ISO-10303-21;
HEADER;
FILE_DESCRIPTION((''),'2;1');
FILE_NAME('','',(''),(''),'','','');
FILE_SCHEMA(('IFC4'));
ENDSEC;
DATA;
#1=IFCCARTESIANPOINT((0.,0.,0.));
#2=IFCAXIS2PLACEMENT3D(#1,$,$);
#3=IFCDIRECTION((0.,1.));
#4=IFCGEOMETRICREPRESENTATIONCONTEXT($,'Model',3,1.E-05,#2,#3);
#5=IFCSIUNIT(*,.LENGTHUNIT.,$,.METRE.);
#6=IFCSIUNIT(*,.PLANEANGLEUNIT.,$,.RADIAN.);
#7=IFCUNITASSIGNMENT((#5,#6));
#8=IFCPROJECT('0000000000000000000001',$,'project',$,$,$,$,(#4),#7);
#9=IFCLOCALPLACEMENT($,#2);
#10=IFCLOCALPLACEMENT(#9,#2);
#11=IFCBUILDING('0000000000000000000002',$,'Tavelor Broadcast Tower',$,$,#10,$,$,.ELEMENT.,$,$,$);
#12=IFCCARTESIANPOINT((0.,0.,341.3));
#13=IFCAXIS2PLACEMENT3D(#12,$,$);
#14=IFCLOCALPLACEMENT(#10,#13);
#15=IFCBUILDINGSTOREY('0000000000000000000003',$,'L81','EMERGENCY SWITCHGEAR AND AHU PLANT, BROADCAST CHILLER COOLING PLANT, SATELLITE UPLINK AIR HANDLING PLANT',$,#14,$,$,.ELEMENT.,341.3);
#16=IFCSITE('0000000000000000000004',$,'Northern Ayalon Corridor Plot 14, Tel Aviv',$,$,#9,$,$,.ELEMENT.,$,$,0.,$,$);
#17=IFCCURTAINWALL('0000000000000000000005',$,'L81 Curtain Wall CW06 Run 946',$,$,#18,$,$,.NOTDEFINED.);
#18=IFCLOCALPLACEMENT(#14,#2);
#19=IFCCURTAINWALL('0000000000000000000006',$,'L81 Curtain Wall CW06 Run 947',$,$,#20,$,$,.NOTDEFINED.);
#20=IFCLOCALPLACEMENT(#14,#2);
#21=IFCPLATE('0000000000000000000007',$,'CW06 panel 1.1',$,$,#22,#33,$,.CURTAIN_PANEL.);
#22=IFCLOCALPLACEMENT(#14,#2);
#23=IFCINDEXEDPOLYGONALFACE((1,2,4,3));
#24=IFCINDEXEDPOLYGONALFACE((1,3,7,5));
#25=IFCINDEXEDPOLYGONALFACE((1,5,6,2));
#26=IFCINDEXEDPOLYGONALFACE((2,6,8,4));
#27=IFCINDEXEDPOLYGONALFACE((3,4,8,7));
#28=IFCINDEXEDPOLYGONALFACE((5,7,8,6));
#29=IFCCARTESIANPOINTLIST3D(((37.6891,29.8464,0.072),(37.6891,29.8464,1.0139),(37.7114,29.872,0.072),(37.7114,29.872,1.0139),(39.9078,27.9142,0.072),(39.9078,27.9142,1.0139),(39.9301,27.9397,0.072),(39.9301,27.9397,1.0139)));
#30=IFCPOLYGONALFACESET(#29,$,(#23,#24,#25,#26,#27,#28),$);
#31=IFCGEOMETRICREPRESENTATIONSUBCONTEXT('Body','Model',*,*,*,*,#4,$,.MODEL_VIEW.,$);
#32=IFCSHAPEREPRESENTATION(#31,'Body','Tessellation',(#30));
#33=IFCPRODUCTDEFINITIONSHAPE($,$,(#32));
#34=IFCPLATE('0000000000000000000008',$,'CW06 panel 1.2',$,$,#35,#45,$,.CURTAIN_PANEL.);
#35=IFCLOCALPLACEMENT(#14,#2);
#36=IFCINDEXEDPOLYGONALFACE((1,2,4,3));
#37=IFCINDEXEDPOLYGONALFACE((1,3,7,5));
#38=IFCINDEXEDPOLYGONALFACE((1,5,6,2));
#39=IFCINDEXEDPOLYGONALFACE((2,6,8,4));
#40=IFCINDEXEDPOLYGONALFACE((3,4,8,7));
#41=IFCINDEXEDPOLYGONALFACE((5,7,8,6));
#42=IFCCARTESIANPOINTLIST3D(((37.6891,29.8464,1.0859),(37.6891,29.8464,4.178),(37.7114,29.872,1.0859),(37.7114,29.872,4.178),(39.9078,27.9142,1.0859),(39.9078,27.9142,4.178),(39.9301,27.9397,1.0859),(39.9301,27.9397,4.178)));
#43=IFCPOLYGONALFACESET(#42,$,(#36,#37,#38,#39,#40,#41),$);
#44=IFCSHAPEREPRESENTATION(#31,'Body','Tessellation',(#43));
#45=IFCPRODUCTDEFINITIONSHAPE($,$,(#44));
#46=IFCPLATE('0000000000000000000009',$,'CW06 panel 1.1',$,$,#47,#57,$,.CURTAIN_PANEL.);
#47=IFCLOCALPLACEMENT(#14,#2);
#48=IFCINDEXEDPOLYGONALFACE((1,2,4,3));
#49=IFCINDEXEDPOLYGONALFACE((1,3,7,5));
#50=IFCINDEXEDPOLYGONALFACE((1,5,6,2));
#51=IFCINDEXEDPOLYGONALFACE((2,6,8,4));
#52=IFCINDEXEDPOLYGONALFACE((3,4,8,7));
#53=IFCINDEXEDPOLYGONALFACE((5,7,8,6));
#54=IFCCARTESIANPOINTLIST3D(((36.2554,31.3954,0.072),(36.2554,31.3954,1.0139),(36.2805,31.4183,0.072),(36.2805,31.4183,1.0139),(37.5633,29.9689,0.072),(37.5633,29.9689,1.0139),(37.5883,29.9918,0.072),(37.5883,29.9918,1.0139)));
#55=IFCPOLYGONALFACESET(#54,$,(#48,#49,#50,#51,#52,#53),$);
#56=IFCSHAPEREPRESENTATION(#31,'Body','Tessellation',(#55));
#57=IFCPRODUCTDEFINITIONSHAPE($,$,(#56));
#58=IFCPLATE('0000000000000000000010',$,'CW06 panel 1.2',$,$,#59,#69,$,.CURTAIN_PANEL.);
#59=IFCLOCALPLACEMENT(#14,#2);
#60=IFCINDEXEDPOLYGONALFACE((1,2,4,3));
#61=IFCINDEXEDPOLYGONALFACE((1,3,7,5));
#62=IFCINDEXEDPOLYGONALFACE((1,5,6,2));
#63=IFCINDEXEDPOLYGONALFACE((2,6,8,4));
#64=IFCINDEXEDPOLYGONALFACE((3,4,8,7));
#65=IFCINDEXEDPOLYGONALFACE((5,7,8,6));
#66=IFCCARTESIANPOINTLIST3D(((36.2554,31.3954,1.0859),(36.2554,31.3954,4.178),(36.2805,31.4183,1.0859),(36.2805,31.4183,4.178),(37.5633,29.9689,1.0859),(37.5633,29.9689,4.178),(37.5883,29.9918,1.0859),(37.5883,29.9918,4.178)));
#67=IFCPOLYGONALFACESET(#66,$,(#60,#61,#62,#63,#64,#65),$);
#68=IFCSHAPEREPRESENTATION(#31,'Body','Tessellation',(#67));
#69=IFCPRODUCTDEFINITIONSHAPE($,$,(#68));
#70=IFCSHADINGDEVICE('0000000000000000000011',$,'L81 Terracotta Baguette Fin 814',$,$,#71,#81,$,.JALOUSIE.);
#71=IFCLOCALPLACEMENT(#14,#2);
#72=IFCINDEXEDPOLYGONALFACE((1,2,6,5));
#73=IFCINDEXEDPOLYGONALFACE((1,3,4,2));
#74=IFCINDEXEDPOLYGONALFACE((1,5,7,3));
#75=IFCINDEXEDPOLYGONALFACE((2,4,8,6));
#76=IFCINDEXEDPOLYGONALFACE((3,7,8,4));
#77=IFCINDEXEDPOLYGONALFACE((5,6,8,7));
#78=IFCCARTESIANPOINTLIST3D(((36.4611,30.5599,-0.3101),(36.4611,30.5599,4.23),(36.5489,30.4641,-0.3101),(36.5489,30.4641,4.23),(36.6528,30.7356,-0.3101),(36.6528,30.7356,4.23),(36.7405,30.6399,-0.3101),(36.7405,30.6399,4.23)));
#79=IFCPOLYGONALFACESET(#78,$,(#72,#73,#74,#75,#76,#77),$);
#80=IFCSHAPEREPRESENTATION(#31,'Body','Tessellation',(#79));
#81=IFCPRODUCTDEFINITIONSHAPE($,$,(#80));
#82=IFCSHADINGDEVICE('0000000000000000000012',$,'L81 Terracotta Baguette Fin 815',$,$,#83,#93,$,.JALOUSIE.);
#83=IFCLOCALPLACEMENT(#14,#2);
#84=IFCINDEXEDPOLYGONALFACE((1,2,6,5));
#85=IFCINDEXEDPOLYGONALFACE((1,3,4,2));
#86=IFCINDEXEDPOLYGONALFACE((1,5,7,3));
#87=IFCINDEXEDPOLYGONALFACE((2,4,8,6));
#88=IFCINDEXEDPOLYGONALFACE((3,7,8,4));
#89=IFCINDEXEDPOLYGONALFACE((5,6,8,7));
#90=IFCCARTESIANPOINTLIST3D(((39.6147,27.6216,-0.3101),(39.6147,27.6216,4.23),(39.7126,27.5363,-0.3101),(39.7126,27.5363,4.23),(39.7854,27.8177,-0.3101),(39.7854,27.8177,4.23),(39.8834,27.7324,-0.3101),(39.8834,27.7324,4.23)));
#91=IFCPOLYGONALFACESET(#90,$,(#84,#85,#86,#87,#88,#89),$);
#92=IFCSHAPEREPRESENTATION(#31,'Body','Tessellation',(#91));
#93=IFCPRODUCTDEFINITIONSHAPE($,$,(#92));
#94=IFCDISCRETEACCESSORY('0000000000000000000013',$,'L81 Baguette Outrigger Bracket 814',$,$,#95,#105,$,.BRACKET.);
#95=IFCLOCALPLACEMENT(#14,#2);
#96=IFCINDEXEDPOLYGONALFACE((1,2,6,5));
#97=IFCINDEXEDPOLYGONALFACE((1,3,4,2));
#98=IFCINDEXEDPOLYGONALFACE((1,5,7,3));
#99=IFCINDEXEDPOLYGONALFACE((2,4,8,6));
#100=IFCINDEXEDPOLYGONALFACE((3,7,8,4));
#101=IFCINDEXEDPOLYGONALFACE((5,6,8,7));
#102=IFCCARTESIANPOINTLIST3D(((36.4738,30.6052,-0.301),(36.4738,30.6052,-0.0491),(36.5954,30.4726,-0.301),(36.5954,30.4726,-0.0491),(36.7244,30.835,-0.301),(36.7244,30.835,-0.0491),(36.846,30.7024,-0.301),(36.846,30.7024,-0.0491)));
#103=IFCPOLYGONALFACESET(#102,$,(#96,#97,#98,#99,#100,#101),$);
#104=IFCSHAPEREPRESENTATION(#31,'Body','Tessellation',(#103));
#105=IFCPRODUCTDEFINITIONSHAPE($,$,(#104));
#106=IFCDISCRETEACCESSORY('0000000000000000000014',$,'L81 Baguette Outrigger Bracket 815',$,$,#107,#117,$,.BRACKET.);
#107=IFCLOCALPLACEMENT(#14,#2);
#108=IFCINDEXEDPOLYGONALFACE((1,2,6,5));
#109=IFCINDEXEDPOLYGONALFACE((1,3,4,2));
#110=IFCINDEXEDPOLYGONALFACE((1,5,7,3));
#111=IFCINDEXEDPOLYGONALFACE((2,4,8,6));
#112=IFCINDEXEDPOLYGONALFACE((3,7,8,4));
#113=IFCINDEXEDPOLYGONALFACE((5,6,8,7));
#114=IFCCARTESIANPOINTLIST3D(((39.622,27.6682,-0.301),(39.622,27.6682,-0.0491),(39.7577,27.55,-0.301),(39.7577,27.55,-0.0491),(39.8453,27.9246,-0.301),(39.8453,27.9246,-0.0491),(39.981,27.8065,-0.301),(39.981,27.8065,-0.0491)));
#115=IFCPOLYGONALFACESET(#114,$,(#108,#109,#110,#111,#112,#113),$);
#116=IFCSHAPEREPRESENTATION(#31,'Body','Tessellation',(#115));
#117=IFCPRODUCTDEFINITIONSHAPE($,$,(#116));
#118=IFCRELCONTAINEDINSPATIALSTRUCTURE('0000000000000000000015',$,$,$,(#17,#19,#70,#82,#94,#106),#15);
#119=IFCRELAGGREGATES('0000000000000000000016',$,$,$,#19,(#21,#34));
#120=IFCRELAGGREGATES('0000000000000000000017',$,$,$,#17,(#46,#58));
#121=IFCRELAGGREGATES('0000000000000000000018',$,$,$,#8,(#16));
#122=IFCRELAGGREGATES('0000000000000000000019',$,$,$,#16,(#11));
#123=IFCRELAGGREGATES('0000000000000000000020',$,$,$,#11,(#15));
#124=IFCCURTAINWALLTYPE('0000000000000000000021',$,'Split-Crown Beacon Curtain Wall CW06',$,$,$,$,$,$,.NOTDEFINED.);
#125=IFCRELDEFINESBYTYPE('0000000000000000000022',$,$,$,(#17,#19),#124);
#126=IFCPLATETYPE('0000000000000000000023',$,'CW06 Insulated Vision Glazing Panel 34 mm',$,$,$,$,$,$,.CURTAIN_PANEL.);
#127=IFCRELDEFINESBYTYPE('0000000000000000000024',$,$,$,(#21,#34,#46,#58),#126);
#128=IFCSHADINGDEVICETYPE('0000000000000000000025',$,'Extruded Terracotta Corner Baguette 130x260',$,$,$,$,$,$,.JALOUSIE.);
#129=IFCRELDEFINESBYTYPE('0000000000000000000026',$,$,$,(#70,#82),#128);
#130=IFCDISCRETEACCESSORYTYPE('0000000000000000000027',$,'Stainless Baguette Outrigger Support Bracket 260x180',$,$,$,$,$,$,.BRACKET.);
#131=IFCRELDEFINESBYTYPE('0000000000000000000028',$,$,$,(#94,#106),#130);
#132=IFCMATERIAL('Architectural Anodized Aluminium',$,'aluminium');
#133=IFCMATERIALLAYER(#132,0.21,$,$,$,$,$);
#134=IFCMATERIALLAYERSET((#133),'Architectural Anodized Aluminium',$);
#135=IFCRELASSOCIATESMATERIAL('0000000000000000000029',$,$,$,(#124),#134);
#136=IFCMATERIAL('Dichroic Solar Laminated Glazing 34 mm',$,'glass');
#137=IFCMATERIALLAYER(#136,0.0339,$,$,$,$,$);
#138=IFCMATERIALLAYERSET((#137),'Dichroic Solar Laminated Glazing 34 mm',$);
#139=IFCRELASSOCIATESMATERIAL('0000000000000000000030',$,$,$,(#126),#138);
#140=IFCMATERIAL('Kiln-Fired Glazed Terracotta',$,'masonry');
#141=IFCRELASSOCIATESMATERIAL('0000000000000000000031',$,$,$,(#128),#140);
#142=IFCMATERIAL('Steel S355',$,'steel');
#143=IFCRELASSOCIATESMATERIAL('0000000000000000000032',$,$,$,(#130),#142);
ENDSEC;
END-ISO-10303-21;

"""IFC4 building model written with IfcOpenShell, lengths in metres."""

from ifc_helpers import new_model, si_unit, direction, frame, origin, origin_2d, place, context, subcontext, project, spatial, rectangle, extrude, source, transform, mapped, material, layer, layer_set, type_object, type_shapes, element, aggregate, save


model = new_model("IFC4")

# Units and contexts
model_context = context("Model", 3, precision=1e-05, world=origin(), true_north=direction((0.0, 1.0)))
body_context = subcontext(model_context, "Body", "Model", "MODEL_VIEW")
ifc_project = project(units=[si_unit("LENGTHUNIT", "METRE"), si_unit("PLANEANGLEUNIT", "RADIAN")], contexts=[model_context])

# Site, building, storey
site_placement = place(None, origin())
site = spatial("IfcSite", under=ifc_project, at=site_placement, Name="Northern Ayalon Corridor Plot 14, Tel Aviv", CompositionType="ELEMENT", RefElevation=0.0)
building_placement = place(site_placement, origin())
building = spatial("IfcBuilding", under=site, at=building_placement, Name="Tavelor Broadcast Tower", CompositionType="ELEMENT")
storey_placement = place(building_placement, frame((0.0, 0.0, 341.3)))
storey = spatial("IfcBuildingStorey", under=building, at=storey_placement, Name="L81", Description="EMERGENCY SWITCHGEAR AND AHU PLANT, BROADCAST CHILLER COOLING PLANT, SATELLITE UPLINK AIR HANDLING PLANT", CompositionType="ELEMENT", Elevation=341.3)

# Shared definitions
ifc_material_1 = material(Name="Steel S355", Category="steel")

# Curtain wall
ifc_material_2 = material(Name="Architectural Anodized Aluminium", Category="aluminium")
ifc_layer_1 = layer(ifc_material_2, 0.21)
ifc_layer_set_1 = layer_set([ifc_layer_1], Name="Architectural Anodized Aluminium")
curtain_wall_type = type_object("IfcCurtainWallType", Name="Split-Crown Beacon Curtain Wall CW06", PredefinedType="NOTDEFINED", material=ifc_layer_set_1)
curtain_wall_1_placement = place(storey_placement, origin())
curtain_wall_1 = element("IfcCurtainWall", 1, at=curtain_wall_1_placement, inside=storey, type_object=curtain_wall_type, Name="L81 Curtain Wall CW06 Run 946", PredefinedType="NOTDEFINED")

# Curtain wall
curtain_wall_2_placement = place(storey_placement, origin())
curtain_wall_2 = element("IfcCurtainWall", 2, at=curtain_wall_2_placement, inside=storey, type_object=curtain_wall_type, Name="L81 Curtain Wall CW06 Run 947", PredefinedType="NOTDEFINED")

# Plates
ifc_material_3 = material(Name="Dichroic Solar Laminated Glazing 34 mm", Category="glass")
ifc_layer_2 = layer(ifc_material_3, 0.0339)
ifc_layer_set_2 = layer_set([ifc_layer_2], Name="Dichroic Solar Laminated Glazing 34 mm")
plate_type_1 = type_object("IfcPlateType", Name="CW06 Insulated Vision Glazing Panel 34 mm", PredefinedType="CURTAIN_PANEL", material=ifc_layer_set_2)
shared_shape_1 = source(origin(), body_context, "Body", "SweptSolid", [
    extrude(rectangle(XDim=2.9421, YDim=0.0339, at=origin_2d()), origin(), (0.0, 0.0, 1.0), 0.9419),
])
plate_1_placement = place(storey_placement, frame((38.8096, 28.8931, 0.072), z_axis=(0.0, 0.0, 1.0), x_axis=(0.754115, -0.656742, 0.0)))
plate_1 = element("IfcPlate", 3, at=plate_1_placement, type_object=plate_type_1, Name="CW06 panel 1.1", PredefinedType="CURTAIN_PANEL", context=body_context, shape_type="MappedRepresentation", body=[
    mapped(shared_shape_1, transform((0.0, 0.0, 0.0), scale=1.0)),
])
shared_shape_2 = source(origin(), body_context, "Body", "SweptSolid", [
    extrude(rectangle(XDim=2.9421, YDim=0.0339, at=origin_2d()), origin(), (0.0, 0.0, 1.0), 3.092),
])
plate_2_placement = place(storey_placement, frame((38.8096, 28.8931, 1.0859), z_axis=(0.0, 0.0, 1.0), x_axis=(0.754115, -0.656742, 0.0)))
plate_2 = element("IfcPlate", 4, at=plate_2_placement, type_object=plate_type_1, Name="CW06 panel 1.2", PredefinedType="CURTAIN_PANEL", context=body_context, shape_type="MappedRepresentation", body=[
    mapped(shared_shape_2, transform((0.0, 0.0, 0.0), scale=1.0)),
])
aggregate(curtain_wall_2, [plate_1, plate_2])
shared_shape_3 = source(origin(), body_context, "Body", "SweptSolid", [
    extrude(rectangle(XDim=1.9353, YDim=0.0339, at=origin_2d()), origin(), (0.0, 0.0, 1.0), 0.9419),
])
plate_3_placement = place(storey_placement, frame((36.9219, 30.6936, 0.072), z_axis=(0.0, 0.0, 1.0), x_axis=(0.675783, -0.7371, 0.0)))
plate_3 = element("IfcPlate", 5, at=plate_3_placement, type_object=plate_type_1, Name="CW06 panel 1.1", PredefinedType="CURTAIN_PANEL", context=body_context, shape_type="MappedRepresentation", body=[
    mapped(shared_shape_3, transform((0.0, 0.0, 0.0), scale=1.0)),
])
shared_shape_4 = source(origin(), body_context, "Body", "SweptSolid", [
    extrude(rectangle(XDim=1.9353, YDim=0.0339, at=origin_2d()), origin(), (0.0, 0.0, 1.0), 3.092),
])
type_shapes(plate_type_1, [shared_shape_1, shared_shape_2, shared_shape_3, shared_shape_4])
plate_4_placement = place(storey_placement, frame((36.9219, 30.6936, 1.0859), z_axis=(0.0, 0.0, 1.0), x_axis=(0.675783, -0.7371, 0.0)))
plate_4 = element("IfcPlate", 6, at=plate_4_placement, type_object=plate_type_1, Name="CW06 panel 1.2", PredefinedType="CURTAIN_PANEL", context=body_context, shape_type="MappedRepresentation", body=[
    mapped(shared_shape_4, transform((0.0, 0.0, 0.0), scale=1.0)),
])
aggregate(curtain_wall_1, [plate_3, plate_4])

# Shading devices
ifc_material_4 = material(Name="Kiln-Fired Glazed Terracotta", Category="masonry")
shading_device_type = type_object("IfcShadingDeviceType", Name="Extruded Terracotta Corner Baguette 130x260", PredefinedType="JALOUSIE", material=ifc_material_4)
shared_shape_5 = source(origin(), body_context, "Body", "SweptSolid", [
    extrude(rectangle(XDim=0.1299, YDim=0.26, at=origin_2d()), origin(), (0.0, 0.0, 1.0), 4.54),
])
type_shapes(shading_device_type, [shared_shape_5])
for number, where, z_axis, x_axis, name in (
    (7, (36.6008, 30.5999, -0.3101), (0.0, 0.0, 1.0), (0.675848, -0.737041, 0.0), "L81 Terracotta Baguette Fin 814"),
    (8, (39.749, 27.677, -0.3101), (0.0, 0.0, 1.0), (0.754137, -0.656717, 0.0), "L81 Terracotta Baguette Fin 815"),
):
    element("IfcShadingDevice", number, at=place(storey_placement, frame(where, z_axis=z_axis, x_axis=x_axis)), inside=storey, type_object=shading_device_type, Name=name, PredefinedType="JALOUSIE", context=body_context, shape_type="MappedRepresentation", body=[
        mapped(shared_shape_5, transform((0.0, 0.0, 0.0), scale=1.0)),
    ])

# Discrete accessories
discrete_accessory_type = type_object("IfcDiscreteAccessoryType", Name="Stainless Baguette Outrigger Support Bracket 260x180", PredefinedType="BRACKET", material=ifc_material_1)
shared_shape_6 = source(origin(), body_context, "Body", "SweptSolid", [
    extrude(rectangle(XDim=0.1799, YDim=0.3401, at=origin_2d()), origin(), (0.0, 0.0, 1.0), 0.252),
])
type_shapes(discrete_accessory_type, [shared_shape_6])
for number, where, z_axis, x_axis, name in (
    (9, (36.6599, 30.6538, -0.301), (0.0, 0.0, 1.0), (0.675848, -0.737041, 0.0), "L81 Baguette Outrigger Bracket 814"),
    (10, (39.8015, 27.7373, -0.301), (0.0, 0.0, 1.0), (0.754137, -0.656717, 0.0), "L81 Baguette Outrigger Bracket 815"),
):
    element("IfcDiscreteAccessory", number, at=place(storey_placement, frame(where, z_axis=z_axis, x_axis=x_axis)), inside=storey, type_object=discrete_accessory_type, Name=name, PredefinedType="BRACKET", context=body_context, shape_type="MappedRepresentation", body=[
        mapped(shared_shape_6, transform((0.0, 0.0, 0.0), scale=1.0)),
    ])

save(model, "model.ifc")
